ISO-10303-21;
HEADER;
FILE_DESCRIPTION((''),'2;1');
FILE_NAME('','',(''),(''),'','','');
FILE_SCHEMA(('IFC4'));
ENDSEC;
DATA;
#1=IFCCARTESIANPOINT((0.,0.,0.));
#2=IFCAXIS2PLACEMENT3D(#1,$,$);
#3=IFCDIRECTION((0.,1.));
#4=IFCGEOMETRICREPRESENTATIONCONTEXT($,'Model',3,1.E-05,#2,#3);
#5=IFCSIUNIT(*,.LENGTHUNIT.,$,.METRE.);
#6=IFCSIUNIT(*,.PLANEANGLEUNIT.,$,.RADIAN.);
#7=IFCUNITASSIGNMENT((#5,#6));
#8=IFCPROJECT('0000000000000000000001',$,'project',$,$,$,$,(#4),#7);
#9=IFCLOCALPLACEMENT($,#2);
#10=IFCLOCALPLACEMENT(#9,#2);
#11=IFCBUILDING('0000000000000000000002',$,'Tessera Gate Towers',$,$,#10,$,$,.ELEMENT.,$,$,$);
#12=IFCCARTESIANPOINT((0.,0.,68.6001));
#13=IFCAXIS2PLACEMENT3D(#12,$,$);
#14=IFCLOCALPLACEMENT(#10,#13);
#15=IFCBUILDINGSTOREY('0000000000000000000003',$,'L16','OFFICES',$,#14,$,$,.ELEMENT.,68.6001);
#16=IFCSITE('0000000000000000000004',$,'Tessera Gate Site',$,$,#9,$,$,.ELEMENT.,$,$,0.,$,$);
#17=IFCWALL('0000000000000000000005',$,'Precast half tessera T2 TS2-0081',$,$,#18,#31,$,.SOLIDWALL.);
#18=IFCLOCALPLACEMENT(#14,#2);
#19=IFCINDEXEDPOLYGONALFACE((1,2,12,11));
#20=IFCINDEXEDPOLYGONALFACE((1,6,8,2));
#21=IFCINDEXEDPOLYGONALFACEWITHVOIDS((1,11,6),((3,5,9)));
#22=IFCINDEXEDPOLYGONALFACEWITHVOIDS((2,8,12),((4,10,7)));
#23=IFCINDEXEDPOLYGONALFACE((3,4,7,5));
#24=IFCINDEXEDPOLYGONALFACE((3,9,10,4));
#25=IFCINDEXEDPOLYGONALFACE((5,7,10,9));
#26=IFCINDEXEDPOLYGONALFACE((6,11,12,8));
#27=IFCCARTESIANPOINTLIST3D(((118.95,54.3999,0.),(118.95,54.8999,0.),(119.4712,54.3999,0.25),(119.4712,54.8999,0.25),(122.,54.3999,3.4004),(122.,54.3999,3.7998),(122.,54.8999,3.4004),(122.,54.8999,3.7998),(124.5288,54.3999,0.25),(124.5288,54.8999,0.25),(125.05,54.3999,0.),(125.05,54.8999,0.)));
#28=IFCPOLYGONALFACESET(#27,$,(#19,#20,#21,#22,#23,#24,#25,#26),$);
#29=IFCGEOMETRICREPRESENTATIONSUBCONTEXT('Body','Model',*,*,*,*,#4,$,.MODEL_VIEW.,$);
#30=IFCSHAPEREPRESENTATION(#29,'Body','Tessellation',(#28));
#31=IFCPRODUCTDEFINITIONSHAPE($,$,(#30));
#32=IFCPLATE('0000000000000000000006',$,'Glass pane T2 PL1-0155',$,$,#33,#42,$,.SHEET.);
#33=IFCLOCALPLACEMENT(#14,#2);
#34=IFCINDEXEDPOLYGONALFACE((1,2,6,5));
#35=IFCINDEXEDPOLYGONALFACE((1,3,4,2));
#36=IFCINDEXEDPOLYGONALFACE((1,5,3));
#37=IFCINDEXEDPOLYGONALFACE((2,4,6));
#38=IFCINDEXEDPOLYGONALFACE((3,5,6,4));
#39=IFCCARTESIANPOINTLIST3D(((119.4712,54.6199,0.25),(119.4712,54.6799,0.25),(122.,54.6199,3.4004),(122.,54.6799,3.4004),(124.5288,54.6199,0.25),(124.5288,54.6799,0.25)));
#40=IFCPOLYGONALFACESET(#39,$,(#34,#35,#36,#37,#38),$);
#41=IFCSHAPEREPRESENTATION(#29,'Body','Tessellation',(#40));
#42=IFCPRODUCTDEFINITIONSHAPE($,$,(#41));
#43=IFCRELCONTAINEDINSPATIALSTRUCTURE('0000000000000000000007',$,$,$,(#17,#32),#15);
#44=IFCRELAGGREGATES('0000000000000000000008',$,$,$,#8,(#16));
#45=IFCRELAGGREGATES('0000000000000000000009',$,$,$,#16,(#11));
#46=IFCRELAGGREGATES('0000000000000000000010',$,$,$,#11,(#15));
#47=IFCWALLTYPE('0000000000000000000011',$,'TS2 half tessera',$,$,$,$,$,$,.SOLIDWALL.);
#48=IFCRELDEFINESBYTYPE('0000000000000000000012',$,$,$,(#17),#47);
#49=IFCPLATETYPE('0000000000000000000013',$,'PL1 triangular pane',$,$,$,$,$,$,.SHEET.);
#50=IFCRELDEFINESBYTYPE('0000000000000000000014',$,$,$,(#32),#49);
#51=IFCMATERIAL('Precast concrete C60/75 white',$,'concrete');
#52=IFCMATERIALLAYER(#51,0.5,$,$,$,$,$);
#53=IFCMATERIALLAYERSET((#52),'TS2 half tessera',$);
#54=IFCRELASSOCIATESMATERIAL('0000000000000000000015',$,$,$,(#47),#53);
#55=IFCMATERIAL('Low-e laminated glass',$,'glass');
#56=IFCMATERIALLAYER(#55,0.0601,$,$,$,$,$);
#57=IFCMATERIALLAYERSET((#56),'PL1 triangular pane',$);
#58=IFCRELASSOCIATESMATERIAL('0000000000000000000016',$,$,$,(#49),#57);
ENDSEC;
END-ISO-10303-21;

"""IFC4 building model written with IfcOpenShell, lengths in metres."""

from ifc_helpers import new_model, si_unit, direction, frame, origin, place, context, subcontext, project, spatial, polyline, outline, extrude, source, transform, mapped, material, layer, layer_set, type_object, element, fill, save


model = new_model("IFC4")

# Units and contexts
model_context = context("Model", 3, precision=1e-05, world=origin(), true_north=direction((0.0, 1.0)))
body_context = subcontext(model_context, "Body", "Model", "MODEL_VIEW")
ifc_project = project(units=[si_unit("LENGTHUNIT", "METRE"), si_unit("PLANEANGLEUNIT", "RADIAN")], contexts=[model_context])

# Site, building, storey
site_placement = place(None, origin())
site = spatial("IfcSite", under=ifc_project, at=site_placement, Name="Tessera Gate Site", CompositionType="ELEMENT", RefElevation=0.0)
building_placement = place(site_placement, origin())
building = spatial("IfcBuilding", under=site, at=building_placement, Name="Tessera Gate Towers", CompositionType="ELEMENT")
storey_placement = place(building_placement, frame((0.0, 0.0, 68.6001)))
storey = spatial("IfcBuildingStorey", under=building, at=storey_placement, Name="L16", Description="OFFICES", CompositionType="ELEMENT", Elevation=68.6001)

# Wall, opening, plate
ifc_material_1 = material(Name="Precast concrete C60/75 white", Category="concrete")
ifc_layer_1 = layer(ifc_material_1, 0.5)
ifc_layer_set_1 = layer_set([ifc_layer_1], Name="TS2 half tessera")
wall_type_1 = type_object("IfcWallType", Name="TS2 half tessera", PredefinedType="SOLIDWALL", material=ifc_layer_set_1)
shared_shape_1 = source(origin(), body_context, "Body", "SweptSolid", [
    extrude(outline(polyline([(6.1001, 0.0), (3.05, 3.7998), (0.0, 0.0), (6.1001, 0.0)])), frame((0.0, 0.25, 0.0), z_axis=(0.0, -1.0, 0.0), x_axis=(1.0, 0.0, 0.0)), (0.0, 0.0, 1.0), 0.5),
])
wall_1_placement = place(storey_placement, frame((125.05, 54.6499, 0.0), z_axis=(0.0, 0.0, 1.0), x_axis=(-1.0, 0.0, 0.0)))
wall_1 = element("IfcWall", 1, at=wall_1_placement, inside=storey, type_object=wall_type_1, Name="Precast half tessera T2 TS2-0081", PredefinedType="SOLIDWALL", context=body_context, shape_type="MappedRepresentation", body=[
    mapped(shared_shape_1, transform((0.0, 0.0, 0.0), scale=1.0)),
])
shared_shape_2 = source(origin(), body_context, "Body", "SweptSolid", [
    extrude(outline(polyline([(5.5789, 0.25), (3.05, 3.4004), (0.5212, 0.25), (5.5789, 0.25)])), frame((0.0, 0.26, 0.0), z_axis=(0.0, -1.0, 0.0), x_axis=(1.0, 0.0, 0.0)), (0.0, 0.0, 1.0), 0.52),
])
opening_1_placement = place(wall_1_placement, origin())
opening_1 = element("IfcOpeningElement", 2, at=opening_1_placement, cuts=wall_1, PredefinedType="OPENING", context=body_context, shape_type="MappedRepresentation", body=[
    mapped(shared_shape_2, transform((0.0, 0.0, 0.0), scale=1.0)),
])
ifc_material_2 = material(Name="Low-e laminated glass", Category="glass")
ifc_layer_2 = layer(ifc_material_2, 0.0601)
ifc_layer_set_2 = layer_set([ifc_layer_2], Name="PL1 triangular pane")
plate_type = type_object("IfcPlateType", Name="PL1 triangular pane", PredefinedType="SHEET", material=ifc_layer_set_2)
shared_shape_3 = source(origin(), body_context, "Body", "SweptSolid", [
    extrude(outline(polyline([(5.5789, 0.25), (3.05, 3.4004), (0.5212, 0.25), (5.5789, 0.25)])), frame((0.0, 0.03, 0.0), z_axis=(0.0, -1.0, 0.0), x_axis=(1.0, 0.0, 0.0)), (0.0, 0.0, 1.0), 0.0601),
])
plate_placement = place(opening_1_placement, origin())
plate = element("IfcPlate", 3, at=plate_placement, inside=storey, type_object=plate_type, Name="Glass pane T2 PL1-0155", PredefinedType="SHEET", context=body_context, shape_type="MappedRepresentation", body=[
    mapped(shared_shape_3, transform((0.0, 0.0, 0.0), scale=1.0)),
])
fill(opening_1, plate)

save(model, "model.ifc")
